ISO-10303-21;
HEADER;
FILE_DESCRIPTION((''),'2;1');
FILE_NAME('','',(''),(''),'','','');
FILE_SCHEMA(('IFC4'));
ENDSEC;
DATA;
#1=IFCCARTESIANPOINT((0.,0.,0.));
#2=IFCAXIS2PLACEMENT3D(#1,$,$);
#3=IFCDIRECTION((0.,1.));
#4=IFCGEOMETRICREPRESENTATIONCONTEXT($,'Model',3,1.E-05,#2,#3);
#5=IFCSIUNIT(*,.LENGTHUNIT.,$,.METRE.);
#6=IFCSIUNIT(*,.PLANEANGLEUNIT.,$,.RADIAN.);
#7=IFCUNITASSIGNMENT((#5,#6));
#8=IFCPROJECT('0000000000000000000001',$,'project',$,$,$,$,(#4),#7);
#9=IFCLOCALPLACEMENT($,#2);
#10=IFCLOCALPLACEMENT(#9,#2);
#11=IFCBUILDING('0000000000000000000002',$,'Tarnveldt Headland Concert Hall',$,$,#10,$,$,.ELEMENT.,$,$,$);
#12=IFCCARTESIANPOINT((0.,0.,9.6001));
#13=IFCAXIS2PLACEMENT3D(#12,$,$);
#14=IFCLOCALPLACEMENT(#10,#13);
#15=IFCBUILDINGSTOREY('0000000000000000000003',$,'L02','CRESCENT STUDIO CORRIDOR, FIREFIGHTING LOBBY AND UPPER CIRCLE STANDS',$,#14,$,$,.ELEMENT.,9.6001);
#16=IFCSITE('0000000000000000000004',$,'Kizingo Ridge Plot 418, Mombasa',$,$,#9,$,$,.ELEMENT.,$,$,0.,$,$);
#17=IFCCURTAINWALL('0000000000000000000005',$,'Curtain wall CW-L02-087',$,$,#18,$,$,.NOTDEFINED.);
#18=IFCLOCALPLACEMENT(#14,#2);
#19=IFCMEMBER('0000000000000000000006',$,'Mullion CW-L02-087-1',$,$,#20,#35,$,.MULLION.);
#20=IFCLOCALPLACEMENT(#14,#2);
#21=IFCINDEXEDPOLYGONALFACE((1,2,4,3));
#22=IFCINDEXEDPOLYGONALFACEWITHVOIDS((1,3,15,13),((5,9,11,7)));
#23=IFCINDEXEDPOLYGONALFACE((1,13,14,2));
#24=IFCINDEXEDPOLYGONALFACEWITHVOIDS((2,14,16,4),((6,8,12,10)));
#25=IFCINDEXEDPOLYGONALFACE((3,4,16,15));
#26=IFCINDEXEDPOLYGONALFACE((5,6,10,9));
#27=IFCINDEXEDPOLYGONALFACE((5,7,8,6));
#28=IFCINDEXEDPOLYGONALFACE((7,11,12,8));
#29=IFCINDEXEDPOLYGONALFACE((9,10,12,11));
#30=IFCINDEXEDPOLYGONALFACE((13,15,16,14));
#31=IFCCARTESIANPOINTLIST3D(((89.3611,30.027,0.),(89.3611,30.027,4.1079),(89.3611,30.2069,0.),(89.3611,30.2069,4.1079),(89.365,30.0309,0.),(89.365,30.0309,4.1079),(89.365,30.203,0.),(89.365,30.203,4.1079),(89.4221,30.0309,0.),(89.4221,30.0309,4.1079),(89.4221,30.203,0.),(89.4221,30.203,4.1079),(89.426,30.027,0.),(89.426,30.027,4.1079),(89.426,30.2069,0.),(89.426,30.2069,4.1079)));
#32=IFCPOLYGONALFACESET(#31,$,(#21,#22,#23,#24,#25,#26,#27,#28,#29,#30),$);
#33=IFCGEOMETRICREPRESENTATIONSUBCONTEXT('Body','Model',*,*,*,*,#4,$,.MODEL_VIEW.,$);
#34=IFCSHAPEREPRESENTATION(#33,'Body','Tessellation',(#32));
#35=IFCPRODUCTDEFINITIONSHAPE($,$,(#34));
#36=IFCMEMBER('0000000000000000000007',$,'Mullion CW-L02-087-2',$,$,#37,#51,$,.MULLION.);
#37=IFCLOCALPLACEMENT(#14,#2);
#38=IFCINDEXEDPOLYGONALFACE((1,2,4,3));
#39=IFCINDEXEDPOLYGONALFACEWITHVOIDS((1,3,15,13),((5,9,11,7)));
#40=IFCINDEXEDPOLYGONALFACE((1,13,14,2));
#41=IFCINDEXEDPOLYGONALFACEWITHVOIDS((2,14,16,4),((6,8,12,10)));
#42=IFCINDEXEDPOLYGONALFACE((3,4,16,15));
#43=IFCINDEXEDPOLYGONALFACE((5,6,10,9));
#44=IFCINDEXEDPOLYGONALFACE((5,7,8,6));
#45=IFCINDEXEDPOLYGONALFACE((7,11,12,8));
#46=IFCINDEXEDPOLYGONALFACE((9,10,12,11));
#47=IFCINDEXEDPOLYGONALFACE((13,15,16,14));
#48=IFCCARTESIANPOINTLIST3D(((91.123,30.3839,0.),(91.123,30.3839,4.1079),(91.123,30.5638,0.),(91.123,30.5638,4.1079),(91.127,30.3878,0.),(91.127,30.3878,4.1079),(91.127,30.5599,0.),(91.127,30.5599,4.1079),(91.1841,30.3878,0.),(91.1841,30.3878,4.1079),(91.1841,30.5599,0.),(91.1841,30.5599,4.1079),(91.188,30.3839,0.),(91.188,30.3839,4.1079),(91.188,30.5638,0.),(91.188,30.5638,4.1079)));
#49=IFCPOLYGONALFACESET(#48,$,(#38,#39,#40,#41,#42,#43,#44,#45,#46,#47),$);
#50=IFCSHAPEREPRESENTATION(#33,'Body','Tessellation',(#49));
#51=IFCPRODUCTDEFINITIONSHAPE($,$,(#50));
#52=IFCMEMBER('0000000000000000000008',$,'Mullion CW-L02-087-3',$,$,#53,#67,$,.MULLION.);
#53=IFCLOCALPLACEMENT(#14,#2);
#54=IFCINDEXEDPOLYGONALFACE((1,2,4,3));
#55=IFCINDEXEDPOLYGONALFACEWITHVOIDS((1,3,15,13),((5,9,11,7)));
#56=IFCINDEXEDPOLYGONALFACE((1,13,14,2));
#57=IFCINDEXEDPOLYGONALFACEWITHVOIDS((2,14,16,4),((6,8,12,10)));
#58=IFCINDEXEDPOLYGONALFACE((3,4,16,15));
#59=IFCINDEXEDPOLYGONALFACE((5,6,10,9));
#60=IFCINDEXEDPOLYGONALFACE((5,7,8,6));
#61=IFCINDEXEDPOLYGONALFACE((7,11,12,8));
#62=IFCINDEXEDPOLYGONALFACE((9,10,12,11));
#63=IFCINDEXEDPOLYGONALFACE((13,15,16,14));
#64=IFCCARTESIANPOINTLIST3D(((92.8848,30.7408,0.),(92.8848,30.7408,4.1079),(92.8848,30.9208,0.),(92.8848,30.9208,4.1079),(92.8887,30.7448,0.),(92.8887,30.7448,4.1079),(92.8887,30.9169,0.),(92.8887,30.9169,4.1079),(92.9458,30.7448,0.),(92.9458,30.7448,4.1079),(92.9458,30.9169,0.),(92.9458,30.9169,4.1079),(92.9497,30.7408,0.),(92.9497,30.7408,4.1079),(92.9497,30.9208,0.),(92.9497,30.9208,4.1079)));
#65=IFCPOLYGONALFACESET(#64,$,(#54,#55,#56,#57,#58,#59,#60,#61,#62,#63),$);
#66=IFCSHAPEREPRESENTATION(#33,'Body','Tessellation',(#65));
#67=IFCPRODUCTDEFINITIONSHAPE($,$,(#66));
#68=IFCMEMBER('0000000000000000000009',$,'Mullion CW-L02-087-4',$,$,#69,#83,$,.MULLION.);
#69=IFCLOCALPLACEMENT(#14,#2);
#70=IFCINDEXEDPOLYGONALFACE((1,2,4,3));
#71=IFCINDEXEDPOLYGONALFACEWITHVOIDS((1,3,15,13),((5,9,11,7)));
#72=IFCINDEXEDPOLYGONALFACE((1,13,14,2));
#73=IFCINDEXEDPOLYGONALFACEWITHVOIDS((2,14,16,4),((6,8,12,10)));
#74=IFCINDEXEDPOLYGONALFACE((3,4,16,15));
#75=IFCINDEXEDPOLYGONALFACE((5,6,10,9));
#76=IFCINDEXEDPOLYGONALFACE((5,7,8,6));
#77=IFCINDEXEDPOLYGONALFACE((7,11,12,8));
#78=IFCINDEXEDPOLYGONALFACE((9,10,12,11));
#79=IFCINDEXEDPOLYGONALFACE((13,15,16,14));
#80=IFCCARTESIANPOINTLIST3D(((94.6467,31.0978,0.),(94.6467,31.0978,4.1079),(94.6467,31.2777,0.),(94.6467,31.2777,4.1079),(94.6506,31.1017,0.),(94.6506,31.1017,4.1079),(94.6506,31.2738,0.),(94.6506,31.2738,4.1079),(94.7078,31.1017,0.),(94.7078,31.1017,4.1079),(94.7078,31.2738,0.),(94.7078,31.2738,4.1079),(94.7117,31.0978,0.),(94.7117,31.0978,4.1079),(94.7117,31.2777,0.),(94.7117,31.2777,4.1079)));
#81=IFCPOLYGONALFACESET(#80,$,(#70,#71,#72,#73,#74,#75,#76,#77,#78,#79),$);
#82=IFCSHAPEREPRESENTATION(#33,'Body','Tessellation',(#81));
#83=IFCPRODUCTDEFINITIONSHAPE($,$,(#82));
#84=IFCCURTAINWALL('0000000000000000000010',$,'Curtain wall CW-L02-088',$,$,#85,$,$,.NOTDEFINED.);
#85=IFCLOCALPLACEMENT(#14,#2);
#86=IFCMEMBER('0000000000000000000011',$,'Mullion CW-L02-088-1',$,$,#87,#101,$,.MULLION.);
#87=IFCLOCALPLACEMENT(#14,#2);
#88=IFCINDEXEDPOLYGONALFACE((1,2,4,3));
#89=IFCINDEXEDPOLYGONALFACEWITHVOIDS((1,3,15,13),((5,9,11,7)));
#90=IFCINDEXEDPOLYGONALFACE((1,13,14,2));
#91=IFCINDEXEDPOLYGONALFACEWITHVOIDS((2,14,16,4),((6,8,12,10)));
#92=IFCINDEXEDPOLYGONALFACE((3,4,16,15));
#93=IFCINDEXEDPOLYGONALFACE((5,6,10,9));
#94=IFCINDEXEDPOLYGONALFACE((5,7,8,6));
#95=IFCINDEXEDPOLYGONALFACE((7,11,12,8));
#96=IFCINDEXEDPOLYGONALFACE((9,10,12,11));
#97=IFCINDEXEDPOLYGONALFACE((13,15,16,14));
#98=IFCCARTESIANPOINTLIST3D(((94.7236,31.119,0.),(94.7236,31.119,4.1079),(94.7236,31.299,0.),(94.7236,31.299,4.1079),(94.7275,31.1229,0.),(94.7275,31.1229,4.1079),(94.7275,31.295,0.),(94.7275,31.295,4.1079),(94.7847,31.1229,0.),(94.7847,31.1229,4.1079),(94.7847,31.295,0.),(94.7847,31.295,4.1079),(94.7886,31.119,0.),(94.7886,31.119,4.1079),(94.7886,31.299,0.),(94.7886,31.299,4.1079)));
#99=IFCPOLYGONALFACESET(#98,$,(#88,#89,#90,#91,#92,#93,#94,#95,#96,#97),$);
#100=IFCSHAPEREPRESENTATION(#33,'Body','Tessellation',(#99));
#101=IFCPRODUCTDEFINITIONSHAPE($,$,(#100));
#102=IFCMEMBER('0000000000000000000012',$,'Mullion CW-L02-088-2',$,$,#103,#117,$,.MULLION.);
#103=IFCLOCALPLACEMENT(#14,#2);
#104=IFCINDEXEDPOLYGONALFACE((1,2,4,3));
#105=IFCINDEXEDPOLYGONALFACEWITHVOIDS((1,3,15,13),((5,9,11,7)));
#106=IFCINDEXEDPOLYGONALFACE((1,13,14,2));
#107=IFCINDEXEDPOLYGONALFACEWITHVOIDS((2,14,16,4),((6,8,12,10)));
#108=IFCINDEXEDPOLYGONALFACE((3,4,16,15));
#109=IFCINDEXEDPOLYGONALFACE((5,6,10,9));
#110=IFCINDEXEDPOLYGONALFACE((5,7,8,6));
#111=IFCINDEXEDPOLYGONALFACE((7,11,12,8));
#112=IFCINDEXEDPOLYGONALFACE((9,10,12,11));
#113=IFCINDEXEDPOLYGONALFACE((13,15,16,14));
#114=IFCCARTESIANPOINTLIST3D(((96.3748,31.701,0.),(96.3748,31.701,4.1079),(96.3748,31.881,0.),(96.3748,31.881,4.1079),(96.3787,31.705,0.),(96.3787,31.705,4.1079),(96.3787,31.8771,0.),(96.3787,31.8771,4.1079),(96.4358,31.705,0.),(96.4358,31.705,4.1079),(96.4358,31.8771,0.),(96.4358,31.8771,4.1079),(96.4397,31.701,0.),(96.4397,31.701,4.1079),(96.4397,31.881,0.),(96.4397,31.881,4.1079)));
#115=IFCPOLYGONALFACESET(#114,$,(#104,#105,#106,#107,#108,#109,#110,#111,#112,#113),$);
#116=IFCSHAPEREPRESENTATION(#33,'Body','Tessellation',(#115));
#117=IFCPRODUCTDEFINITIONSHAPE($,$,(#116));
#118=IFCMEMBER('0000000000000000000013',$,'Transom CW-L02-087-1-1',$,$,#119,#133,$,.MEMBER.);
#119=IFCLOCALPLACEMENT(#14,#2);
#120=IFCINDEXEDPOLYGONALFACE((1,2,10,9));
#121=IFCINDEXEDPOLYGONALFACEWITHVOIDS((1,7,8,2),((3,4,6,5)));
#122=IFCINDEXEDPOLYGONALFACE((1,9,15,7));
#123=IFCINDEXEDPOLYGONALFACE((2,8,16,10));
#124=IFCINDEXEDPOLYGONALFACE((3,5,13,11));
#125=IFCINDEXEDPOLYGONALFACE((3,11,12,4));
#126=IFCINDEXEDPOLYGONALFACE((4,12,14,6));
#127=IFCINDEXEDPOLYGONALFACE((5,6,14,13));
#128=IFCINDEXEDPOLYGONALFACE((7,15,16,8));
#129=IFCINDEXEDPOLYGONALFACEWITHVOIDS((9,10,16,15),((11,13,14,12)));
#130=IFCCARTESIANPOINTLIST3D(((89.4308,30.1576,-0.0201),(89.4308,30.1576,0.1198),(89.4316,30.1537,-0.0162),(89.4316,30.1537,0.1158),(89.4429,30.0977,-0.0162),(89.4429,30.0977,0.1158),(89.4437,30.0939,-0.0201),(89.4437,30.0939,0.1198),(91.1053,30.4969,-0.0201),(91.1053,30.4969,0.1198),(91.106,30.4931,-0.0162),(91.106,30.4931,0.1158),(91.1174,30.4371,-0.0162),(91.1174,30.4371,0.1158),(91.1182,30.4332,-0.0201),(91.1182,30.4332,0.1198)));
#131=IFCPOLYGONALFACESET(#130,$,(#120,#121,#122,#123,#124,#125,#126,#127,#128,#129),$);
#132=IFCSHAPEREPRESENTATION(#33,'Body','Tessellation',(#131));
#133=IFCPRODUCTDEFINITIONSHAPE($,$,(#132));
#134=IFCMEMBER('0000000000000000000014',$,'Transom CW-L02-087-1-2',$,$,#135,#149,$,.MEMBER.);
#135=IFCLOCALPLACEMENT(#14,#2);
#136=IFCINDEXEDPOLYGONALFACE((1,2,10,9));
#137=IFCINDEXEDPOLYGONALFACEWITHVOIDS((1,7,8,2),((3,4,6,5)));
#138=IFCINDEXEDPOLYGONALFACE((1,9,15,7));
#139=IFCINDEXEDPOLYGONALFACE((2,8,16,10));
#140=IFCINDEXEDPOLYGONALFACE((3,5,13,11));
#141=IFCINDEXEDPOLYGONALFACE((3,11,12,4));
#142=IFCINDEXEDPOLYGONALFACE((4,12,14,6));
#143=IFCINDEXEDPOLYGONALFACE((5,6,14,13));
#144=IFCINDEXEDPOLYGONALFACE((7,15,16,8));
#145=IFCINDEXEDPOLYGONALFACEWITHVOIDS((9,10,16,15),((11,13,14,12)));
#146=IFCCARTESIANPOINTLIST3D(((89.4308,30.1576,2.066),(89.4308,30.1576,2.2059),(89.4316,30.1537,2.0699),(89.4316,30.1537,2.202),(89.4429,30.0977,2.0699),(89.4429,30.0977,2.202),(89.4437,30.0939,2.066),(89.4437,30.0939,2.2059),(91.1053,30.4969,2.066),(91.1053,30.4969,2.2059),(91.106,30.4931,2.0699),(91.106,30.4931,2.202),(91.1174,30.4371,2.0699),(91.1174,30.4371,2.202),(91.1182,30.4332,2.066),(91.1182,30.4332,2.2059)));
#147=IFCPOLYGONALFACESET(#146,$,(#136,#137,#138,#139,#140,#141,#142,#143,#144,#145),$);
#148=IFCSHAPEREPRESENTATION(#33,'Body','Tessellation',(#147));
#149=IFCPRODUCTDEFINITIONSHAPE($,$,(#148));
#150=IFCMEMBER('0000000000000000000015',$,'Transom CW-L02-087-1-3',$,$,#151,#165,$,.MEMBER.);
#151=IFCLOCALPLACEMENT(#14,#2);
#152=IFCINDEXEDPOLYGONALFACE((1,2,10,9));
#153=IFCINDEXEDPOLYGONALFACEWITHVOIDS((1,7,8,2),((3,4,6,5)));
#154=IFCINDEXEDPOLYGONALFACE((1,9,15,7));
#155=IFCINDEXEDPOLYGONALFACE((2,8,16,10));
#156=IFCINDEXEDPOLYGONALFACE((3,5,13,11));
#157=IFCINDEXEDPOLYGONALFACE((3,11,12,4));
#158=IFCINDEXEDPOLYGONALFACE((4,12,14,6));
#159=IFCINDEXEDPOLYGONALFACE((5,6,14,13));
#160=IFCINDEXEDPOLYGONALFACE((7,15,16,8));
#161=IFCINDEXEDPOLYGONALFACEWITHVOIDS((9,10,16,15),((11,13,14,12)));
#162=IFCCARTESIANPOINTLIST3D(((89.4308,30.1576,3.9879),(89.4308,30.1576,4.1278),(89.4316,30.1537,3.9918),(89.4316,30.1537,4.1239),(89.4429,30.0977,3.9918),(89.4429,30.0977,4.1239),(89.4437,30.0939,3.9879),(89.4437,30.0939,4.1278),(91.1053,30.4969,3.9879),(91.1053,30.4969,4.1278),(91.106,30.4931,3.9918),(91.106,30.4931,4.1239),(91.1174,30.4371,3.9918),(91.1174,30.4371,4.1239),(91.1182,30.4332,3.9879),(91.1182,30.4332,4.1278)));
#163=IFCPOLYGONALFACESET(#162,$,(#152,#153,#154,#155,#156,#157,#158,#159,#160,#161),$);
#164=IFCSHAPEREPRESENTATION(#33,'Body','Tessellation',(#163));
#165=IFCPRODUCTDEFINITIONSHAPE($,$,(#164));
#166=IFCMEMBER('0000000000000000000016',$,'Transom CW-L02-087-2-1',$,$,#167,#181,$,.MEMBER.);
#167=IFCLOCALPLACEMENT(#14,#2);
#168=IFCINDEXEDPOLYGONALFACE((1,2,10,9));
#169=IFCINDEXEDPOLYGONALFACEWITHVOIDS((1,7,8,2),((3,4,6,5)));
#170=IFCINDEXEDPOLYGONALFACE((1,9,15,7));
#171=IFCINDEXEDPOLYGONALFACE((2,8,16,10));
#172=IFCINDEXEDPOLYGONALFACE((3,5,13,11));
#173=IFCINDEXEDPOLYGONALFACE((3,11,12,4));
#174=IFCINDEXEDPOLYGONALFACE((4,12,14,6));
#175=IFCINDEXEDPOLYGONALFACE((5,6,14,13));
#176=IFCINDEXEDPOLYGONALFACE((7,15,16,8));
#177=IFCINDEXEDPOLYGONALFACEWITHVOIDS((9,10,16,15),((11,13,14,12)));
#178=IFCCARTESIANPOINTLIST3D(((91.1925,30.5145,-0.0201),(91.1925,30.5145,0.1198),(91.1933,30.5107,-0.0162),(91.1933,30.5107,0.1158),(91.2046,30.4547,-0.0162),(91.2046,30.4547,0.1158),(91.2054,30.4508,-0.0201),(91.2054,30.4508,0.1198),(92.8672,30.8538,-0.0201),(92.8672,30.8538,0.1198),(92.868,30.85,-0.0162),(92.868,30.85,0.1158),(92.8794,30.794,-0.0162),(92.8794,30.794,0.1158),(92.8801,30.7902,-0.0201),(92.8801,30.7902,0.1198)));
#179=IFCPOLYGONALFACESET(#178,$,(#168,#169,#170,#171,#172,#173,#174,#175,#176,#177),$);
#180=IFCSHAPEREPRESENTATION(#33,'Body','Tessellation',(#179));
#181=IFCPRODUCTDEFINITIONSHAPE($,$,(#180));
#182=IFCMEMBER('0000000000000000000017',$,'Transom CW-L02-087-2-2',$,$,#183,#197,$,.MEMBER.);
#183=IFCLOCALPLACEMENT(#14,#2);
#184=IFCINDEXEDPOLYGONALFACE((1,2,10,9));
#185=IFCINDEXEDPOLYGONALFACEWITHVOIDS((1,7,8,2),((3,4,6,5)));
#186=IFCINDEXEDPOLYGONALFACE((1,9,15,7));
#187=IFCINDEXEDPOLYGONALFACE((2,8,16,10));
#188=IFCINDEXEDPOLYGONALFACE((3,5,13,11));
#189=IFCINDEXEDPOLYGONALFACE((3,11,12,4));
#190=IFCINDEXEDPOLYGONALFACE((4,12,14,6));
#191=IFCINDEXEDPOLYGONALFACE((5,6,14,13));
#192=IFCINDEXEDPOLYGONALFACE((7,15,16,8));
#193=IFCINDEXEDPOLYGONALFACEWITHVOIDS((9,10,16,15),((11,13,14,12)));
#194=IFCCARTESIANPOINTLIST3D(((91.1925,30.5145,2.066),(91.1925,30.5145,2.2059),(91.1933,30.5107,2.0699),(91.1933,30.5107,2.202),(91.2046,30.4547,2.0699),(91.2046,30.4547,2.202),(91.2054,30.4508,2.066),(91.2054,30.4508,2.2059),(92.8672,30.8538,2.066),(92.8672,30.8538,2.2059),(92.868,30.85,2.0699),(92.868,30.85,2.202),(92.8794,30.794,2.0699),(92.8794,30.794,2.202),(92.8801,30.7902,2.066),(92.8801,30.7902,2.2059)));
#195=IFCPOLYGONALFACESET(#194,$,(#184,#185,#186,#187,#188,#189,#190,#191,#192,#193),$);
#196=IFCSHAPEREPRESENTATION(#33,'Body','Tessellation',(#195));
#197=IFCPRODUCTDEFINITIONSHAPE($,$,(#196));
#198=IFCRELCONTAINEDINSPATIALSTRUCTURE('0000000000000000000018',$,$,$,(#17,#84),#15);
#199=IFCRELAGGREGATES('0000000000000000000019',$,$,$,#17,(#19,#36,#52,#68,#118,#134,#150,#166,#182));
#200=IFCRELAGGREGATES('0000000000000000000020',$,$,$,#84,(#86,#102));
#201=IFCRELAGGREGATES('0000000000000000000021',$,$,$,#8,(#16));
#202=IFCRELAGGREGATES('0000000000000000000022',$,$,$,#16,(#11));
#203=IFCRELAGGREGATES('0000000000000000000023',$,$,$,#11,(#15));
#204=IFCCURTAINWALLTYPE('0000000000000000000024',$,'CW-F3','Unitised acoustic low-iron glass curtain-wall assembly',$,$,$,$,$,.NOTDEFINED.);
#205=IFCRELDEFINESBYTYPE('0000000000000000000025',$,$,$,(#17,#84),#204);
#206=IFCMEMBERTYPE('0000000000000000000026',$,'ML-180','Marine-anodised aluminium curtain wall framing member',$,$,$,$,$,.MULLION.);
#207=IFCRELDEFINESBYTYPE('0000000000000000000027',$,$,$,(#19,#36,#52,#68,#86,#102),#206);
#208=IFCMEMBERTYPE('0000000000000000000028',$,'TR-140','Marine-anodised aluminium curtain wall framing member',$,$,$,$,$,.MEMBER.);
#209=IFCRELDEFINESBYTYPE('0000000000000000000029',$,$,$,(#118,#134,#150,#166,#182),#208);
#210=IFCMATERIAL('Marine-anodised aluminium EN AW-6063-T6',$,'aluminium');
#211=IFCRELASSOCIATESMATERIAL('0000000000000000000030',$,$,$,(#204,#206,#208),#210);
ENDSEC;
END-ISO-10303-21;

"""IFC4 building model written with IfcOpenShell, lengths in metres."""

from ifc_helpers import new_model, si_unit, direction, frame, origin, origin_2d, place, context, subcontext, project, spatial, hollow_rectangle, extrude, material, material_profile, profile_set, type_object, element, aggregate, save


model = new_model("IFC4")

# Units and contexts
model_context = context("Model", 3, precision=1e-05, world=origin(), true_north=direction((0.0, 1.0)))
body_context = subcontext(model_context, "Body", "Model", "MODEL_VIEW")
ifc_project = project(units=[si_unit("LENGTHUNIT", "METRE"), si_unit("PLANEANGLEUNIT", "RADIAN")], contexts=[model_context])

# Site, building, storey
site_placement = place(None, origin())
site = spatial("IfcSite", under=ifc_project, at=site_placement, Name="Kizingo Ridge Plot 418, Mombasa", CompositionType="ELEMENT", RefElevation=0.0)
building_placement = place(site_placement, origin())
building = spatial("IfcBuilding", under=site, at=building_placement, Name="Tarnveldt Headland Concert Hall", CompositionType="ELEMENT")
storey_placement = place(building_placement, frame((0.0, 0.0, 9.6001)))
storey = spatial("IfcBuildingStorey", under=building, at=storey_placement, Name="L02", Description="CRESCENT STUDIO CORRIDOR, FIREFIGHTING LOBBY AND UPPER CIRCLE STANDS", CompositionType="ELEMENT", Elevation=9.6001)

# Curtain walls, members
ifc_material_1 = material(Name="Marine-anodised aluminium EN AW-6063-T6", Category="aluminium")
curtain_wall_type = type_object("IfcCurtainWallType", Name="CW-F3", Description="Unitised acoustic low-iron glass curtain-wall assembly", PredefinedType="NOTDEFINED", material=ifc_material_1)
curtain_wall_1_placement = place(storey_placement, origin())
curtain_wall_1 = element("IfcCurtainWall", 1, at=curtain_wall_1_placement, inside=storey, type_object=curtain_wall_type, Name="Curtain wall CW-L02-087", PredefinedType="NOTDEFINED")
ifc_material_profile_1 = material_profile(ifc_material_1, hollow_rectangle(XDim=0.0649, YDim=0.1799, WallThickness=0.0039, at=origin_2d()), Name="ALU MULLION 65x180x4", Category="aluminium")
ifc_profile_set_1 = profile_set([ifc_material_profile_1], Name="Marine-anodised aluminium EN AW-6063-T6")
member_type_1 = type_object("IfcMemberType", Name="ML-180", Description="Marine-anodised aluminium curtain wall framing member", PredefinedType="MULLION", material=ifc_profile_set_1)
member_1_placement = place(storey_placement, frame((89.3936, 30.1169, 0.0), z_axis=(0.0, 0.0, 1.0), x_axis=(1.0, 0.0, 0.0)))
member_1 = element("IfcMember", 2, at=member_1_placement, type_object=member_type_1, Name="Mullion CW-L02-087-1", PredefinedType="MULLION", context=body_context, shape_type="SweptSolid", body=[
    extrude(hollow_rectangle(XDim=0.0649, YDim=0.1799, WallThickness=0.0039, at=origin_2d()), origin(), (0.0, 0.0, 1.0), 4.1079),
])
member_2_placement = place(storey_placement, frame((91.1555, 30.4739, 0.0), z_axis=(0.0, 0.0, 1.0), x_axis=(1.0, 0.0, 0.0)))
member_2 = element("IfcMember", 3, at=member_2_placement, type_object=member_type_1, Name="Mullion CW-L02-087-2", PredefinedType="MULLION", context=body_context, shape_type="SweptSolid", body=[
    extrude(hollow_rectangle(XDim=0.0649, YDim=0.1799, WallThickness=0.0039, at=origin_2d()), origin(), (0.0, 0.0, 1.0), 4.1079),
])
member_3_placement = place(storey_placement, frame((92.9172, 30.8308, 0.0), z_axis=(0.0, 0.0, 1.0), x_axis=(1.0, 0.0, 0.0)))
member_3 = element("IfcMember", 4, at=member_3_placement, type_object=member_type_1, Name="Mullion CW-L02-087-3", PredefinedType="MULLION", context=body_context, shape_type="SweptSolid", body=[
    extrude(hollow_rectangle(XDim=0.0649, YDim=0.1799, WallThickness=0.0039, at=origin_2d()), origin(), (0.0, 0.0, 1.0), 4.1079),
])
member_4_placement = place(storey_placement, frame((94.6792, 31.1877, 0.0), z_axis=(0.0, 0.0, 1.0), x_axis=(1.0, 0.0, 0.0)))
member_4 = element("IfcMember", 5, at=member_4_placement, type_object=member_type_1, Name="Mullion CW-L02-087-4", PredefinedType="MULLION", context=body_context, shape_type="SweptSolid", body=[
    extrude(hollow_rectangle(XDim=0.0649, YDim=0.1799, WallThickness=0.0039, at=origin_2d()), origin(), (0.0, 0.0, 1.0), 4.1079),
])
curtain_wall_2_placement = place(storey_placement, origin())
curtain_wall_2 = element("IfcCurtainWall", 6, at=curtain_wall_2_placement, inside=storey, type_object=curtain_wall_type, Name="Curtain wall CW-L02-088", PredefinedType="NOTDEFINED")
member_5_placement = place(storey_placement, frame((94.7561, 31.209, 0.0), z_axis=(0.0, 0.0, 1.0), x_axis=(1.0, 0.0, 0.0)))
member_5 = element("IfcMember", 7, at=member_5_placement, type_object=member_type_1, Name="Mullion CW-L02-088-1", PredefinedType="MULLION", context=body_context, shape_type="SweptSolid", body=[
    extrude(hollow_rectangle(XDim=0.0649, YDim=0.1799, WallThickness=0.0039, at=origin_2d()), origin(), (0.0, 0.0, 1.0), 4.1079),
])
member_6_placement = place(storey_placement, frame((96.4072, 31.791, 0.0), z_axis=(0.0, 0.0, 1.0), x_axis=(1.0, 0.0, 0.0)))
member_6 = element("IfcMember", 8, at=member_6_placement, type_object=member_type_1, Name="Mullion CW-L02-088-2", PredefinedType="MULLION", context=body_context, shape_type="SweptSolid", body=[
    extrude(hollow_rectangle(XDim=0.0649, YDim=0.1799, WallThickness=0.0039, at=origin_2d()), origin(), (0.0, 0.0, 1.0), 4.1079),
])

# Members
ifc_material_profile_2 = material_profile(ifc_material_1, hollow_rectangle(XDim=0.0649, YDim=0.1399, WallThickness=0.0039, at=origin_2d()), Name="ALU TRANSOM 65x140x4", Category="aluminium")
ifc_profile_set_2 = profile_set([ifc_material_profile_2], Name="Marine-anodised aluminium EN AW-6063-T6")
member_type_2 = type_object("IfcMemberType", Name="TR-140", Description="Marine-anodised aluminium curtain wall framing member", PredefinedType="MEMBER", material=ifc_profile_set_2)
member_7_placement = place(storey_placement, frame((89.4373, 30.1257, 0.0498), z_axis=(0.980077, 0.198616, 0.0), x_axis=(-0.198616, 0.980077, 0.0)))
member_7 = element("IfcMember", 9, at=member_7_placement, type_object=member_type_2, Name="Transom CW-L02-087-1-1", PredefinedType="MEMBER", context=body_context, shape_type="SweptSolid", body=[
    extrude(hollow_rectangle(XDim=0.0649, YDim=0.1399, WallThickness=0.0039, at=origin_2d()), origin(), (0.0, 0.0, 1.0), 1.7085),
])
member_8_placement = place(storey_placement, frame((89.4373, 30.1257, 2.136), z_axis=(0.980077, 0.198616, 0.0), x_axis=(-0.198616, 0.980077, 0.0)))
member_8 = element("IfcMember", 10, at=member_8_placement, type_object=member_type_2, Name="Transom CW-L02-087-1-2", PredefinedType="MEMBER", context=body_context, shape_type="SweptSolid", body=[
    extrude(hollow_rectangle(XDim=0.0649, YDim=0.1399, WallThickness=0.0039, at=origin_2d()), origin(), (0.0, 0.0, 1.0), 1.7085),
])
member_9_placement = place(storey_placement, frame((89.4373, 30.1257, 4.0579), z_axis=(0.980077, 0.198616, 0.0), x_axis=(-0.198616, 0.980077, 0.0)))
member_9 = element("IfcMember", 11, at=member_9_placement, type_object=member_type_2, Name="Transom CW-L02-087-1-3", PredefinedType="MEMBER", context=body_context, shape_type="SweptSolid", body=[
    extrude(hollow_rectangle(XDim=0.0649, YDim=0.1399, WallThickness=0.0039, at=origin_2d()), origin(), (0.0, 0.0, 1.0), 1.7085),
])
member_10_placement = place(storey_placement, frame((91.199, 30.4827, 0.0498), z_axis=(0.980083, 0.198588, 0.0), x_axis=(-0.198588, 0.980083, 0.0)))
member_10 = element("IfcMember", 12, at=member_10_placement, type_object=member_type_2, Name="Transom CW-L02-087-2-1", PredefinedType="MEMBER", context=body_context, shape_type="SweptSolid", body=[
    extrude(hollow_rectangle(XDim=0.0649, YDim=0.1399, WallThickness=0.0039, at=origin_2d()), origin(), (0.0, 0.0, 1.0), 1.7087),
])
member_11_placement = place(storey_placement, frame((91.199, 30.4827, 2.136), z_axis=(0.980083, 0.198588, 0.0), x_axis=(-0.198588, 0.980083, 0.0)))
member_11 = element("IfcMember", 13, at=member_11_placement, type_object=member_type_2, Name="Transom CW-L02-087-2-2", PredefinedType="MEMBER", context=body_context, shape_type="SweptSolid", body=[
    extrude(hollow_rectangle(XDim=0.0649, YDim=0.1399, WallThickness=0.0039, at=origin_2d()), origin(), (0.0, 0.0, 1.0), 1.7087),
])

aggregate(curtain_wall_1, [member_1, member_2, member_3, member_4, member_7, member_8, member_9, member_10, member_11])
aggregate(curtain_wall_2, [member_5, member_6])

save(model, "model.ifc")
